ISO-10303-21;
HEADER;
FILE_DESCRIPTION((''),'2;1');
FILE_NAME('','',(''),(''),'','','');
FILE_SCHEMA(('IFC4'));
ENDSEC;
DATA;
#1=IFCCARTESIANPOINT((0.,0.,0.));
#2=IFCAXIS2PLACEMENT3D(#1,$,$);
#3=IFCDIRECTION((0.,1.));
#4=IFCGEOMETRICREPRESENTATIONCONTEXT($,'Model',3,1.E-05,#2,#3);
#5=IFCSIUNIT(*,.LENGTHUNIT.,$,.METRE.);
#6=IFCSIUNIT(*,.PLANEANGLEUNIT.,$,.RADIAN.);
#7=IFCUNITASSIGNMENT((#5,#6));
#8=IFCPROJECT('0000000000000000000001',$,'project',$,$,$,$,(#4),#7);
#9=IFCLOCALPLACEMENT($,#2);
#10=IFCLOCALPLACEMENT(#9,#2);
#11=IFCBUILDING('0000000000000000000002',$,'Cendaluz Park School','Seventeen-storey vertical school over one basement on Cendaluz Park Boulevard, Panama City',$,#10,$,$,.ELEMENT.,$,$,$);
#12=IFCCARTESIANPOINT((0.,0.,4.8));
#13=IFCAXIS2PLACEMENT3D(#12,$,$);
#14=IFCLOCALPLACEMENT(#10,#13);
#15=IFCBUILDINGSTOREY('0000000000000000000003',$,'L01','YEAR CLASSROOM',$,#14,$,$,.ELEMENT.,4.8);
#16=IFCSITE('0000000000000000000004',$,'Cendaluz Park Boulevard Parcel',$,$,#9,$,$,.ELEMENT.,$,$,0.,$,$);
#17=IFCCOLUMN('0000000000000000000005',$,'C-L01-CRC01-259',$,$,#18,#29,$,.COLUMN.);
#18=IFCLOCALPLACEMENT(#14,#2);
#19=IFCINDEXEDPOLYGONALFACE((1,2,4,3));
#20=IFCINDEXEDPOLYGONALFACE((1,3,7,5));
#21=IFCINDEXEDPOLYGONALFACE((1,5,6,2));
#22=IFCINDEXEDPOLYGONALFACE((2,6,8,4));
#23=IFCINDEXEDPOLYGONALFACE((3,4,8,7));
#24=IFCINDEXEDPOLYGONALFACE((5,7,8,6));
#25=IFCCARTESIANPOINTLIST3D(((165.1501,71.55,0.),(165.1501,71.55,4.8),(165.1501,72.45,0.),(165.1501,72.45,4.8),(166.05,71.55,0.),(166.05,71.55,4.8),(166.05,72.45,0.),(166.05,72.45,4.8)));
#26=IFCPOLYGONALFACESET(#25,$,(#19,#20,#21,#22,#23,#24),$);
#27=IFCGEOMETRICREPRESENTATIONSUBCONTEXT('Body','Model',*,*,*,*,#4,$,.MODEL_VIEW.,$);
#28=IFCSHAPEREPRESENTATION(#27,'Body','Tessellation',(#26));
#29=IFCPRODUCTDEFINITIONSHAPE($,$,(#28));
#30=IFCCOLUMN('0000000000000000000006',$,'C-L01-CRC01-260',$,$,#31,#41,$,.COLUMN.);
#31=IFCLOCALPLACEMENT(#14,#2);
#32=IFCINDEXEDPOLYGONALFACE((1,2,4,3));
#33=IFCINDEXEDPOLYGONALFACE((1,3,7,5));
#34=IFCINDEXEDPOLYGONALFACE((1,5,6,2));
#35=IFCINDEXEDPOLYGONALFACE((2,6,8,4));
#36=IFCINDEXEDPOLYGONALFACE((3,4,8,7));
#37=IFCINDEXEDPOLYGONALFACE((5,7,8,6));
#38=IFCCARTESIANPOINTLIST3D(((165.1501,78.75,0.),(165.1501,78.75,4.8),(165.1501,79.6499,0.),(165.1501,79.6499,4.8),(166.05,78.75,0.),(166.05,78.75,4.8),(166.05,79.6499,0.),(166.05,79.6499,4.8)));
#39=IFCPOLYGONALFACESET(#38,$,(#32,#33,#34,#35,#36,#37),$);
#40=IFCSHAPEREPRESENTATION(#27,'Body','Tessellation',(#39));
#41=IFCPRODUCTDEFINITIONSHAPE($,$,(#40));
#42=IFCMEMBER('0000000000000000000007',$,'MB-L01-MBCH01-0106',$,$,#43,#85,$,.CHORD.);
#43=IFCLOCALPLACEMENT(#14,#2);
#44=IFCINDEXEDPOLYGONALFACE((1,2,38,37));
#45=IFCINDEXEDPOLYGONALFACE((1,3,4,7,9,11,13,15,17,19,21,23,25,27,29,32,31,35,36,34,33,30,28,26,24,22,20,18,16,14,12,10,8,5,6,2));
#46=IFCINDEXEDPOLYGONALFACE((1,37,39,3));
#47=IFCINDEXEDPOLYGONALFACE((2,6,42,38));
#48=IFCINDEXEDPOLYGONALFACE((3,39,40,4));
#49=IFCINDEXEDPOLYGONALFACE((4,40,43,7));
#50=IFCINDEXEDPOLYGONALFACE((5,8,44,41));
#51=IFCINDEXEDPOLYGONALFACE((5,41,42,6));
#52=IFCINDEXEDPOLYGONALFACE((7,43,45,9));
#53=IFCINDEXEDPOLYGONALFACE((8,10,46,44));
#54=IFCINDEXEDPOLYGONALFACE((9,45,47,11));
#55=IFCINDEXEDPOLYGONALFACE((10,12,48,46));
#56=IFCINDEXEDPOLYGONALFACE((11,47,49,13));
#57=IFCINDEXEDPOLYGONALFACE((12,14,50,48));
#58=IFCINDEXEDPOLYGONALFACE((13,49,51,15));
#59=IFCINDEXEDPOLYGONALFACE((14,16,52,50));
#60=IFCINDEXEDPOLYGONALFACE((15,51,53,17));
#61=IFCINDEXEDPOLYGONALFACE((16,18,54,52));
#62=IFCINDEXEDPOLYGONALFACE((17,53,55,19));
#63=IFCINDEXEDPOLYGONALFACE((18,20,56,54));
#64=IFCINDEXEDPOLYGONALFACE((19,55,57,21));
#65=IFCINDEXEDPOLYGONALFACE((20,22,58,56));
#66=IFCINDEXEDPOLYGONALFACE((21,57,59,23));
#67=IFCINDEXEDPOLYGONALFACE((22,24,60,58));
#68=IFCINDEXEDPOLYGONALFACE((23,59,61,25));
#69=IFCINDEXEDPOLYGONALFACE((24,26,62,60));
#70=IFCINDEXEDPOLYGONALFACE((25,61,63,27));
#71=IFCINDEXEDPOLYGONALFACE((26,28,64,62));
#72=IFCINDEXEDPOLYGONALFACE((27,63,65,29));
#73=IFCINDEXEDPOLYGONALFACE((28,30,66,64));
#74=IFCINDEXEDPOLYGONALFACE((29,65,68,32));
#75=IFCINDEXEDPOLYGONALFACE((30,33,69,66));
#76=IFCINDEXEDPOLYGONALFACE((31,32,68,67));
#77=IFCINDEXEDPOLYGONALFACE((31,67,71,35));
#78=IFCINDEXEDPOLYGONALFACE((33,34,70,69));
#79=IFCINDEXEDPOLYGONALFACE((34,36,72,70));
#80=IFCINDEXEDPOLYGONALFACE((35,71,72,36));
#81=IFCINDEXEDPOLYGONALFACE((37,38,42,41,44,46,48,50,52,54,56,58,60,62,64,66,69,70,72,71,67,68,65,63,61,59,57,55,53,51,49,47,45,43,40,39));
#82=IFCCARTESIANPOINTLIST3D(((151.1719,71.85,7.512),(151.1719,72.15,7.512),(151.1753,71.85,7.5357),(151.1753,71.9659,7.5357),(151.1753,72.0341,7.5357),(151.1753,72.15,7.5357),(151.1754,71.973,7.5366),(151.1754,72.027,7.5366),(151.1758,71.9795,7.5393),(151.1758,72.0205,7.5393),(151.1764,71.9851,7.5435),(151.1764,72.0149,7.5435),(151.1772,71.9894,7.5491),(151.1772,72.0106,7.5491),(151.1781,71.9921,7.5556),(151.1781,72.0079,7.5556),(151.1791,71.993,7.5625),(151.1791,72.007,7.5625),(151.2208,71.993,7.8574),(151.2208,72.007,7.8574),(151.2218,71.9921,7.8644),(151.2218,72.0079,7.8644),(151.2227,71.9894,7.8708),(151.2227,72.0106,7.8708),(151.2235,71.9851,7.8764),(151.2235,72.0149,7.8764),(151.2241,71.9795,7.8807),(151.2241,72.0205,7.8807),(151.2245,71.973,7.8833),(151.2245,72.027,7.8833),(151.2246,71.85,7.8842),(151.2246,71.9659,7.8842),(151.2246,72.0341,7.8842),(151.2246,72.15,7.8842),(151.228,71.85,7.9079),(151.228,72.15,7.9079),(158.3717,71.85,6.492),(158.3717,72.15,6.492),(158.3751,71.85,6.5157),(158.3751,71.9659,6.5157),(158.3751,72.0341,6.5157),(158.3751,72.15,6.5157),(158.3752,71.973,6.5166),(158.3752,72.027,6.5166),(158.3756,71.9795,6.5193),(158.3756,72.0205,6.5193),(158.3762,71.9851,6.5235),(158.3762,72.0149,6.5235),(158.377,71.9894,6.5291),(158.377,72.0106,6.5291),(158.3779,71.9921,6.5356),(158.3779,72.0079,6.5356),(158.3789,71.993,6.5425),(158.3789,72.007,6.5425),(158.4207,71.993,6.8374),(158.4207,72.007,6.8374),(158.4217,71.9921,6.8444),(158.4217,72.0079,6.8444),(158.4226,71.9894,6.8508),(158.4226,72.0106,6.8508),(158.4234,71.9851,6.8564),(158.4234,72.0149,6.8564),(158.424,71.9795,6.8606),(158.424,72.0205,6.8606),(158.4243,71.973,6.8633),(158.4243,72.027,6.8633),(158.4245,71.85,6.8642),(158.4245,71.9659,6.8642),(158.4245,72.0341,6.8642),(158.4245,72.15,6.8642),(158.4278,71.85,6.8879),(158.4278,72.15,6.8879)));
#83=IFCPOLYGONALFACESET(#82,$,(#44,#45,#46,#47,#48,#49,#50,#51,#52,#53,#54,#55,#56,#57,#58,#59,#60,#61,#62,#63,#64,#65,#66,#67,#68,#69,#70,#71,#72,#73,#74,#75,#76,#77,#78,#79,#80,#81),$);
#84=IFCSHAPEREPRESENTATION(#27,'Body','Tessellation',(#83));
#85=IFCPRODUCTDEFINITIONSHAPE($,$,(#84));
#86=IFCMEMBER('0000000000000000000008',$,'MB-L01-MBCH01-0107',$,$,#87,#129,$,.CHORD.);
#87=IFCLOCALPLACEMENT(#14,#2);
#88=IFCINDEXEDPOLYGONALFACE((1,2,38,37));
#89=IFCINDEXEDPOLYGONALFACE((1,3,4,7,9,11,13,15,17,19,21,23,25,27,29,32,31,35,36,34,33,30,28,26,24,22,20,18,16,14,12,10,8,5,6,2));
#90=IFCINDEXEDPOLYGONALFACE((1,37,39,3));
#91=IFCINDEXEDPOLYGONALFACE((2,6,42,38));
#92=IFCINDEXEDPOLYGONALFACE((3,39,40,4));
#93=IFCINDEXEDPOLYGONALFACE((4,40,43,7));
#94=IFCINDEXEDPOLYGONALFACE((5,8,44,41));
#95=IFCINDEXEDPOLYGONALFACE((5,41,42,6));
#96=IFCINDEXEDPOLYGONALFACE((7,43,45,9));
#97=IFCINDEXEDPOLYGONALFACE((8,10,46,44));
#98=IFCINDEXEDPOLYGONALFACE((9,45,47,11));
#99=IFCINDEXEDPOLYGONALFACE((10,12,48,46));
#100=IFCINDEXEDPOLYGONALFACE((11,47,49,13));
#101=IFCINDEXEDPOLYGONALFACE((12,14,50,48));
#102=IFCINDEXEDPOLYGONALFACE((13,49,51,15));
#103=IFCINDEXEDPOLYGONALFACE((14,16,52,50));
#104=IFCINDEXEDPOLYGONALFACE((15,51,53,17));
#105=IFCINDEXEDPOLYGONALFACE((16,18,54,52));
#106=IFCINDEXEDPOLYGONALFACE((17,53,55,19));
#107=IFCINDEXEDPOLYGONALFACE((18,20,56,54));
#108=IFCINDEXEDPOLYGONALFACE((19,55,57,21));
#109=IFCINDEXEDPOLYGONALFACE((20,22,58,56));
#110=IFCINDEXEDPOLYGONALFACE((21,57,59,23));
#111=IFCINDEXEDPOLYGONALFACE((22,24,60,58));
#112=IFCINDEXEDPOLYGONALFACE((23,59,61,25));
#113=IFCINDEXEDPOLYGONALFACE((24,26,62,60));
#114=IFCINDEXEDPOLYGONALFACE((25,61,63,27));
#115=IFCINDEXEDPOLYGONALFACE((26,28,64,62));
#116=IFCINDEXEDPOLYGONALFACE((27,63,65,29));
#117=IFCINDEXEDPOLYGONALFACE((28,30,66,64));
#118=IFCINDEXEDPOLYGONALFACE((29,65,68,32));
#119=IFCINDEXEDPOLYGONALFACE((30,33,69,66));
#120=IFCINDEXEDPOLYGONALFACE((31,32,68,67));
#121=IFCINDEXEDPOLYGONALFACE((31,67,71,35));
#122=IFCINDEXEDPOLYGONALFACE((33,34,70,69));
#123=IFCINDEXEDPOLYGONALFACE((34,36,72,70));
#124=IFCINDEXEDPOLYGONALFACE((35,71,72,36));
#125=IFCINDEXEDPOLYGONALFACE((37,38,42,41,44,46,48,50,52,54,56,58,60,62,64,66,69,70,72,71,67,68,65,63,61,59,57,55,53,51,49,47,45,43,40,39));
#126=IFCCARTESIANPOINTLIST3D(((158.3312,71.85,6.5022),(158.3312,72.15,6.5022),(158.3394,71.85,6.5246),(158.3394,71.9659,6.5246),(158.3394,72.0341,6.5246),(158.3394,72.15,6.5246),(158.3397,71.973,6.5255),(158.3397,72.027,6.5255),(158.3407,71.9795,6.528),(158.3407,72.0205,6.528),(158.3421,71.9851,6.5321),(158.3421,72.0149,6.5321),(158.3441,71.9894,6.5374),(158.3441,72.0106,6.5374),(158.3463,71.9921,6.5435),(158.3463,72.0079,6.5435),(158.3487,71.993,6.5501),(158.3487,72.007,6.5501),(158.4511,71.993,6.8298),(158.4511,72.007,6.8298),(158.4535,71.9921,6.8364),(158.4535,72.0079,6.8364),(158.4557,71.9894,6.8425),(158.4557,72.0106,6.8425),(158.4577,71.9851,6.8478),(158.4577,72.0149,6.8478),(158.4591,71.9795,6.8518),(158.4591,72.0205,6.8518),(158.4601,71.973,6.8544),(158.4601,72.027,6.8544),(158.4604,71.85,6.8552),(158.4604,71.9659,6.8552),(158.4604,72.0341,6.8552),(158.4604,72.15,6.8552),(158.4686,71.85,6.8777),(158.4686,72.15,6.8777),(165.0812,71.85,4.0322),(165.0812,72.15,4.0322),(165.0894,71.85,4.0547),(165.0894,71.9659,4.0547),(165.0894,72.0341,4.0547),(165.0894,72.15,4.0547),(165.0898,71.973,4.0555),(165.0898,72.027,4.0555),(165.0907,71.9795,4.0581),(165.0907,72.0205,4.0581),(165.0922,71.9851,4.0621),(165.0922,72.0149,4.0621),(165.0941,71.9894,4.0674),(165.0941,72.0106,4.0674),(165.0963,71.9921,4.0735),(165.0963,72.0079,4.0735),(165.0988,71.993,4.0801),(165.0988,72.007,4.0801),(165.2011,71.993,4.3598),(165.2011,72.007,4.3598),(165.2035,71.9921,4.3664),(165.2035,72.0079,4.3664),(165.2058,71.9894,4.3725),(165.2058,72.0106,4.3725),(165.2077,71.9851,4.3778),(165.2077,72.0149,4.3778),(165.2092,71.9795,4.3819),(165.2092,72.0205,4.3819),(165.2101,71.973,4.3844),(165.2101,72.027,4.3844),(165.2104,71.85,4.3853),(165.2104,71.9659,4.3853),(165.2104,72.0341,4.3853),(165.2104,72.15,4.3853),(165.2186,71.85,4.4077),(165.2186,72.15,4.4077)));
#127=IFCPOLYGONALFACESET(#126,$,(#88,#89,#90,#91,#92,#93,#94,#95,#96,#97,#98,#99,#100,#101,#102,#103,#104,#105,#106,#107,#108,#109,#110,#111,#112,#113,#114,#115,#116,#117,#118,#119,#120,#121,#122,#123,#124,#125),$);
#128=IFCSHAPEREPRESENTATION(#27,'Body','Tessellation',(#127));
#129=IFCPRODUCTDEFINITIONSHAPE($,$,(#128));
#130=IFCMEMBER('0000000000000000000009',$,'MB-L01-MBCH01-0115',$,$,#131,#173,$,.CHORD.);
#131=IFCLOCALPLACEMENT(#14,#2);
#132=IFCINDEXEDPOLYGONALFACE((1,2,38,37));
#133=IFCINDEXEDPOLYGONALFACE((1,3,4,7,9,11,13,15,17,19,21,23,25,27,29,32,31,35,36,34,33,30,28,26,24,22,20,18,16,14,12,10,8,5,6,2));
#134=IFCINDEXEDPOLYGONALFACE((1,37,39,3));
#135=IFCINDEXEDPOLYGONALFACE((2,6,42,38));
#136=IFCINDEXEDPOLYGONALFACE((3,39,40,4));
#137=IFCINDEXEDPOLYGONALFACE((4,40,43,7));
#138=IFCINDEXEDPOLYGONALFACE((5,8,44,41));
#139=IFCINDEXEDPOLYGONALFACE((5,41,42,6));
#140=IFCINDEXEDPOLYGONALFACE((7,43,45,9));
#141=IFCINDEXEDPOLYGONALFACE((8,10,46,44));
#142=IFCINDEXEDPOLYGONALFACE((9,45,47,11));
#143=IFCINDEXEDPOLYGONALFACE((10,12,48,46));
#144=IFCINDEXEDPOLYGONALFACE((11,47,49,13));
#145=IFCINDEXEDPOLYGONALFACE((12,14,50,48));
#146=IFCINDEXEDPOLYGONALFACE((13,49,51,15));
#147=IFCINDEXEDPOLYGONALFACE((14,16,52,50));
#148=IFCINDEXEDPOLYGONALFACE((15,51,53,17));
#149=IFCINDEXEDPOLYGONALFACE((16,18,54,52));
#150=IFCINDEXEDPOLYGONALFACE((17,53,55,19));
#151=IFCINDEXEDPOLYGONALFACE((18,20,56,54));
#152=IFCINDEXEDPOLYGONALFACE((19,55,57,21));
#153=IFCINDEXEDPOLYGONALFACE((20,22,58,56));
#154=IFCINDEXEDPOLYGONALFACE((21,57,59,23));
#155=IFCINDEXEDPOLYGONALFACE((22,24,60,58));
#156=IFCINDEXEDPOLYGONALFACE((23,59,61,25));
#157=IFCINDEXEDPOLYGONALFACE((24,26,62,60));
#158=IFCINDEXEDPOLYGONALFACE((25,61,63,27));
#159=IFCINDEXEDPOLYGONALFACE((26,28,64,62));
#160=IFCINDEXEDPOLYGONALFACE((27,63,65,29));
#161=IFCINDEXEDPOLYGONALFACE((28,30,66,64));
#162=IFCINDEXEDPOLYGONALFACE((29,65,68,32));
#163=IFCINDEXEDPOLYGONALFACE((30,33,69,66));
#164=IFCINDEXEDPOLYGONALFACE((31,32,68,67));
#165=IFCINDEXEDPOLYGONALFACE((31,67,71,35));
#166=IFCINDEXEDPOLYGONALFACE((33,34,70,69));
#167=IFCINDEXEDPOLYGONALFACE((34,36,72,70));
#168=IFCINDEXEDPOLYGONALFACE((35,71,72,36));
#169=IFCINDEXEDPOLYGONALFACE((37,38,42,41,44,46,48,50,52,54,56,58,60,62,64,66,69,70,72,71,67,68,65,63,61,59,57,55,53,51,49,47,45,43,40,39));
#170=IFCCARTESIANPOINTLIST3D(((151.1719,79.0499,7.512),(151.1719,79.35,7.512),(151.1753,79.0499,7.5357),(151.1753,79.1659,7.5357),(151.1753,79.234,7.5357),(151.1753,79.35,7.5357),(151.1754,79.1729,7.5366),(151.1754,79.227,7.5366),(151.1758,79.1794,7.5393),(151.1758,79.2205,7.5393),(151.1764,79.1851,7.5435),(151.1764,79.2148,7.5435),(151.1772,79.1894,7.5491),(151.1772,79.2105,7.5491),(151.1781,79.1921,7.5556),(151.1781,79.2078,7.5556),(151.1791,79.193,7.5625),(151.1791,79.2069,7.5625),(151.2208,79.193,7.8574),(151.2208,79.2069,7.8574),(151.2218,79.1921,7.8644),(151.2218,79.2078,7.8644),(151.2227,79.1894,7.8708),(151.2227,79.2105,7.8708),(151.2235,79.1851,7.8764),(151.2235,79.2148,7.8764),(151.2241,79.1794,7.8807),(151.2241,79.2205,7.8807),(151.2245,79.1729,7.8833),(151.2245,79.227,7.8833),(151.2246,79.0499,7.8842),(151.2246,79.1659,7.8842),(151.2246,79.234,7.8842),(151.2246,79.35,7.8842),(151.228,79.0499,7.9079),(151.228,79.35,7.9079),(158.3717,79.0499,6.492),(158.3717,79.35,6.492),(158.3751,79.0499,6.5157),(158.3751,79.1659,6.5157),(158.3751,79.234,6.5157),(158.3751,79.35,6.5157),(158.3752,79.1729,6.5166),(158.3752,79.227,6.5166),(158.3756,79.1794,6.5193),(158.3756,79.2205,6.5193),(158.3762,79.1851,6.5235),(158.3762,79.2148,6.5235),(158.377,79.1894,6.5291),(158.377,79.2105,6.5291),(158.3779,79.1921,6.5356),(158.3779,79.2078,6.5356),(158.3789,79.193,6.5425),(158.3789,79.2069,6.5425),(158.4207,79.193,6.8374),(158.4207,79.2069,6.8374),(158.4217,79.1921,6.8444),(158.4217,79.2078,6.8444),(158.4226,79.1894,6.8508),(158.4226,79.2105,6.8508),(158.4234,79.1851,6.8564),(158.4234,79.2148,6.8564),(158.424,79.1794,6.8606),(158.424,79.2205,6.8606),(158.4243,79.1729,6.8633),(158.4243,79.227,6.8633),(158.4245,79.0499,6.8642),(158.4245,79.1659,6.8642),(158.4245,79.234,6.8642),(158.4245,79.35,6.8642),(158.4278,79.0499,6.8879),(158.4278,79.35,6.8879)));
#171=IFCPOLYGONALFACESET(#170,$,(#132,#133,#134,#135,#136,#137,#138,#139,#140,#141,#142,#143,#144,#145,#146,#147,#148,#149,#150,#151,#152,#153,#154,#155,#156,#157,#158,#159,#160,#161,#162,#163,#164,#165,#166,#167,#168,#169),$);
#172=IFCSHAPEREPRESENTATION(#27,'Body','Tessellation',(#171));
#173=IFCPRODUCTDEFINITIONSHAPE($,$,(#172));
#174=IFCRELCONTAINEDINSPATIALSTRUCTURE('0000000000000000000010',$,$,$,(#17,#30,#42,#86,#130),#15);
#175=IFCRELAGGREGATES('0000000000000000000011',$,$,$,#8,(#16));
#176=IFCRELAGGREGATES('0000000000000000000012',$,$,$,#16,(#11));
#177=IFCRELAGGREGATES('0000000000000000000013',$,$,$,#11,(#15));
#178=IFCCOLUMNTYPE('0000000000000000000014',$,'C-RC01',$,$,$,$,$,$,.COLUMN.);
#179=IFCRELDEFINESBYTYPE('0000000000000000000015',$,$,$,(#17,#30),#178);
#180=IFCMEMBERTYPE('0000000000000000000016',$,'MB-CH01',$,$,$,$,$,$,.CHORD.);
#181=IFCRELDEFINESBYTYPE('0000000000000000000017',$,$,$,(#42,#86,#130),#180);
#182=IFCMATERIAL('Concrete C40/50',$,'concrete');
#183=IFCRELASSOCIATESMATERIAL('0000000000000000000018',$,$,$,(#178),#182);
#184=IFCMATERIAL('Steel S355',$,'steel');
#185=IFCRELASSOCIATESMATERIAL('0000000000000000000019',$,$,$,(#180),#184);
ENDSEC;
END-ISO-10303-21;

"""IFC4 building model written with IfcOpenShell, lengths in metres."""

from ifc_helpers import new_model, si_unit, direction, frame, origin, origin_2d, place, context, subcontext, project, spatial, rectangle, i_section, extrude, material, material_profile, profile_set, type_object, element, save


model = new_model("IFC4")

# Units and contexts
model_context = context("Model", 3, precision=1e-05, world=origin(), true_north=direction((0.0, 1.0)))
body_context = subcontext(model_context, "Body", "Model", "MODEL_VIEW")
ifc_project = project(units=[si_unit("LENGTHUNIT", "METRE"), si_unit("PLANEANGLEUNIT", "RADIAN")], contexts=[model_context])

# Site, building, storey
site_placement = place(None, origin())
site = spatial("IfcSite", under=ifc_project, at=site_placement, Name="Cendaluz Park Boulevard Parcel", CompositionType="ELEMENT", RefElevation=0.0)
building_placement = place(site_placement, origin())
building = spatial("IfcBuilding", under=site, at=building_placement, Name="Cendaluz Park School", Description="Seventeen-storey vertical school over one basement on Cendaluz Park Boulevard, Panama City", CompositionType="ELEMENT")
storey_placement = place(building_placement, frame((0.0, 0.0, 4.8)))
storey = spatial("IfcBuildingStorey", under=building, at=storey_placement, Name="L01", Description="YEAR CLASSROOM", CompositionType="ELEMENT", Elevation=4.8)

# Columns
ifc_material_1 = material(Name="Concrete C40/50", Category="concrete")
ifc_material_profile_1 = material_profile(ifc_material_1, rectangle(XDim=0.8999, YDim=0.8999, at=origin_2d()), Name="RC 900x900", Category="concrete")
ifc_profile_set_1 = profile_set([ifc_material_profile_1], Name="Concrete C40/50")
column_type = type_object("IfcColumnType", Name="C-RC01", PredefinedType="COLUMN", material=ifc_profile_set_1)
for number, where, z_axis, x_axis, name in (
    (1, (165.6001, 72.0, 0.0), (0.0, 0.0, 1.0), (1.0, 0.0, 0.0), "C-L01-CRC01-259"),
    (2, (165.6001, 79.2, 0.0), (0.0, 0.0, 1.0), (1.0, 0.0, 0.0), "C-L01-CRC01-260"),
):
    element("IfcColumn", number, at=place(storey_placement, frame(where, z_axis=z_axis, x_axis=x_axis)), inside=storey, type_object=column_type, Name=name, PredefinedType="COLUMN", context=body_context, shape_type="SweptSolid", body=[
        extrude(rectangle(XDim=0.8999, YDim=0.8999, at=origin_2d()), origin(), (0.0, 0.0, 1.0), 4.8),
    ])

# Members
ifc_material_2 = material(Name="Steel S355", Category="steel")
ifc_material_profile_2 = material_profile(ifc_material_2, i_section(OverallWidth=0.3, OverallDepth=0.3999, WebThickness=0.0139, FlangeThickness=0.0239, FilletRadius=0.0271, at=origin_2d()), Name="HEB 400", Category="steel")
ifc_profile_set_2 = profile_set([ifc_material_profile_2], Name="Steel S355")
member_type_1 = type_object("IfcMemberType", Name="MB-CH01", PredefinedType="CHORD", material=ifc_profile_set_2)
member_1_placement = place(storey_placement, frame((151.2, 72.0, 7.71), z_axis=(0.990113, 0.0, -0.14027), x_axis=(0.0, 1.0, 0.0)))
element("IfcMember", 3, at=member_1_placement, inside=storey, type_object=member_type_1, Name="MB-L01-MBCH01-0106", PredefinedType="CHORD", context=body_context, shape_type="SweptSolid", body=[
    extrude(i_section(OverallWidth=0.3, OverallDepth=0.3999, WebThickness=0.0139, FlangeThickness=0.0239, FilletRadius=0.0271, at=origin_2d()), origin(), (0.0, 0.0, 1.0), 7.2717),
])
member_2_placement = place(storey_placement, frame((158.3999, 72.0, 6.6899), z_axis=(0.939102, 0.0, -0.343638), x_axis=(0.0, 1.0, 0.0)))
element("IfcMember", 4, at=member_2_placement, inside=storey, type_object=member_type_1, Name="MB-L01-MBCH01-0107", PredefinedType="CHORD", context=body_context, shape_type="SweptSolid", body=[
    extrude(i_section(OverallWidth=0.3, OverallDepth=0.3999, WebThickness=0.0139, FlangeThickness=0.0239, FilletRadius=0.0271, at=origin_2d()), origin(), (0.0, 0.0, 1.0), 7.1877),
])
member_3_placement = place(storey_placement, frame((151.2, 79.2, 7.71), z_axis=(0.990113, 0.0, -0.14027), x_axis=(0.0, 1.0, 0.0)))
element("IfcMember", 5, at=member_3_placement, inside=storey, type_object=member_type_1, Name="MB-L01-MBCH01-0115", PredefinedType="CHORD", context=body_context, shape_type="SweptSolid", body=[
    extrude(i_section(OverallWidth=0.3, OverallDepth=0.3999, WebThickness=0.0139, FlangeThickness=0.0239, FilletRadius=0.0271, at=origin_2d()), origin(), (0.0, 0.0, 1.0), 7.2717),
])

save(model, "model.ifc")
